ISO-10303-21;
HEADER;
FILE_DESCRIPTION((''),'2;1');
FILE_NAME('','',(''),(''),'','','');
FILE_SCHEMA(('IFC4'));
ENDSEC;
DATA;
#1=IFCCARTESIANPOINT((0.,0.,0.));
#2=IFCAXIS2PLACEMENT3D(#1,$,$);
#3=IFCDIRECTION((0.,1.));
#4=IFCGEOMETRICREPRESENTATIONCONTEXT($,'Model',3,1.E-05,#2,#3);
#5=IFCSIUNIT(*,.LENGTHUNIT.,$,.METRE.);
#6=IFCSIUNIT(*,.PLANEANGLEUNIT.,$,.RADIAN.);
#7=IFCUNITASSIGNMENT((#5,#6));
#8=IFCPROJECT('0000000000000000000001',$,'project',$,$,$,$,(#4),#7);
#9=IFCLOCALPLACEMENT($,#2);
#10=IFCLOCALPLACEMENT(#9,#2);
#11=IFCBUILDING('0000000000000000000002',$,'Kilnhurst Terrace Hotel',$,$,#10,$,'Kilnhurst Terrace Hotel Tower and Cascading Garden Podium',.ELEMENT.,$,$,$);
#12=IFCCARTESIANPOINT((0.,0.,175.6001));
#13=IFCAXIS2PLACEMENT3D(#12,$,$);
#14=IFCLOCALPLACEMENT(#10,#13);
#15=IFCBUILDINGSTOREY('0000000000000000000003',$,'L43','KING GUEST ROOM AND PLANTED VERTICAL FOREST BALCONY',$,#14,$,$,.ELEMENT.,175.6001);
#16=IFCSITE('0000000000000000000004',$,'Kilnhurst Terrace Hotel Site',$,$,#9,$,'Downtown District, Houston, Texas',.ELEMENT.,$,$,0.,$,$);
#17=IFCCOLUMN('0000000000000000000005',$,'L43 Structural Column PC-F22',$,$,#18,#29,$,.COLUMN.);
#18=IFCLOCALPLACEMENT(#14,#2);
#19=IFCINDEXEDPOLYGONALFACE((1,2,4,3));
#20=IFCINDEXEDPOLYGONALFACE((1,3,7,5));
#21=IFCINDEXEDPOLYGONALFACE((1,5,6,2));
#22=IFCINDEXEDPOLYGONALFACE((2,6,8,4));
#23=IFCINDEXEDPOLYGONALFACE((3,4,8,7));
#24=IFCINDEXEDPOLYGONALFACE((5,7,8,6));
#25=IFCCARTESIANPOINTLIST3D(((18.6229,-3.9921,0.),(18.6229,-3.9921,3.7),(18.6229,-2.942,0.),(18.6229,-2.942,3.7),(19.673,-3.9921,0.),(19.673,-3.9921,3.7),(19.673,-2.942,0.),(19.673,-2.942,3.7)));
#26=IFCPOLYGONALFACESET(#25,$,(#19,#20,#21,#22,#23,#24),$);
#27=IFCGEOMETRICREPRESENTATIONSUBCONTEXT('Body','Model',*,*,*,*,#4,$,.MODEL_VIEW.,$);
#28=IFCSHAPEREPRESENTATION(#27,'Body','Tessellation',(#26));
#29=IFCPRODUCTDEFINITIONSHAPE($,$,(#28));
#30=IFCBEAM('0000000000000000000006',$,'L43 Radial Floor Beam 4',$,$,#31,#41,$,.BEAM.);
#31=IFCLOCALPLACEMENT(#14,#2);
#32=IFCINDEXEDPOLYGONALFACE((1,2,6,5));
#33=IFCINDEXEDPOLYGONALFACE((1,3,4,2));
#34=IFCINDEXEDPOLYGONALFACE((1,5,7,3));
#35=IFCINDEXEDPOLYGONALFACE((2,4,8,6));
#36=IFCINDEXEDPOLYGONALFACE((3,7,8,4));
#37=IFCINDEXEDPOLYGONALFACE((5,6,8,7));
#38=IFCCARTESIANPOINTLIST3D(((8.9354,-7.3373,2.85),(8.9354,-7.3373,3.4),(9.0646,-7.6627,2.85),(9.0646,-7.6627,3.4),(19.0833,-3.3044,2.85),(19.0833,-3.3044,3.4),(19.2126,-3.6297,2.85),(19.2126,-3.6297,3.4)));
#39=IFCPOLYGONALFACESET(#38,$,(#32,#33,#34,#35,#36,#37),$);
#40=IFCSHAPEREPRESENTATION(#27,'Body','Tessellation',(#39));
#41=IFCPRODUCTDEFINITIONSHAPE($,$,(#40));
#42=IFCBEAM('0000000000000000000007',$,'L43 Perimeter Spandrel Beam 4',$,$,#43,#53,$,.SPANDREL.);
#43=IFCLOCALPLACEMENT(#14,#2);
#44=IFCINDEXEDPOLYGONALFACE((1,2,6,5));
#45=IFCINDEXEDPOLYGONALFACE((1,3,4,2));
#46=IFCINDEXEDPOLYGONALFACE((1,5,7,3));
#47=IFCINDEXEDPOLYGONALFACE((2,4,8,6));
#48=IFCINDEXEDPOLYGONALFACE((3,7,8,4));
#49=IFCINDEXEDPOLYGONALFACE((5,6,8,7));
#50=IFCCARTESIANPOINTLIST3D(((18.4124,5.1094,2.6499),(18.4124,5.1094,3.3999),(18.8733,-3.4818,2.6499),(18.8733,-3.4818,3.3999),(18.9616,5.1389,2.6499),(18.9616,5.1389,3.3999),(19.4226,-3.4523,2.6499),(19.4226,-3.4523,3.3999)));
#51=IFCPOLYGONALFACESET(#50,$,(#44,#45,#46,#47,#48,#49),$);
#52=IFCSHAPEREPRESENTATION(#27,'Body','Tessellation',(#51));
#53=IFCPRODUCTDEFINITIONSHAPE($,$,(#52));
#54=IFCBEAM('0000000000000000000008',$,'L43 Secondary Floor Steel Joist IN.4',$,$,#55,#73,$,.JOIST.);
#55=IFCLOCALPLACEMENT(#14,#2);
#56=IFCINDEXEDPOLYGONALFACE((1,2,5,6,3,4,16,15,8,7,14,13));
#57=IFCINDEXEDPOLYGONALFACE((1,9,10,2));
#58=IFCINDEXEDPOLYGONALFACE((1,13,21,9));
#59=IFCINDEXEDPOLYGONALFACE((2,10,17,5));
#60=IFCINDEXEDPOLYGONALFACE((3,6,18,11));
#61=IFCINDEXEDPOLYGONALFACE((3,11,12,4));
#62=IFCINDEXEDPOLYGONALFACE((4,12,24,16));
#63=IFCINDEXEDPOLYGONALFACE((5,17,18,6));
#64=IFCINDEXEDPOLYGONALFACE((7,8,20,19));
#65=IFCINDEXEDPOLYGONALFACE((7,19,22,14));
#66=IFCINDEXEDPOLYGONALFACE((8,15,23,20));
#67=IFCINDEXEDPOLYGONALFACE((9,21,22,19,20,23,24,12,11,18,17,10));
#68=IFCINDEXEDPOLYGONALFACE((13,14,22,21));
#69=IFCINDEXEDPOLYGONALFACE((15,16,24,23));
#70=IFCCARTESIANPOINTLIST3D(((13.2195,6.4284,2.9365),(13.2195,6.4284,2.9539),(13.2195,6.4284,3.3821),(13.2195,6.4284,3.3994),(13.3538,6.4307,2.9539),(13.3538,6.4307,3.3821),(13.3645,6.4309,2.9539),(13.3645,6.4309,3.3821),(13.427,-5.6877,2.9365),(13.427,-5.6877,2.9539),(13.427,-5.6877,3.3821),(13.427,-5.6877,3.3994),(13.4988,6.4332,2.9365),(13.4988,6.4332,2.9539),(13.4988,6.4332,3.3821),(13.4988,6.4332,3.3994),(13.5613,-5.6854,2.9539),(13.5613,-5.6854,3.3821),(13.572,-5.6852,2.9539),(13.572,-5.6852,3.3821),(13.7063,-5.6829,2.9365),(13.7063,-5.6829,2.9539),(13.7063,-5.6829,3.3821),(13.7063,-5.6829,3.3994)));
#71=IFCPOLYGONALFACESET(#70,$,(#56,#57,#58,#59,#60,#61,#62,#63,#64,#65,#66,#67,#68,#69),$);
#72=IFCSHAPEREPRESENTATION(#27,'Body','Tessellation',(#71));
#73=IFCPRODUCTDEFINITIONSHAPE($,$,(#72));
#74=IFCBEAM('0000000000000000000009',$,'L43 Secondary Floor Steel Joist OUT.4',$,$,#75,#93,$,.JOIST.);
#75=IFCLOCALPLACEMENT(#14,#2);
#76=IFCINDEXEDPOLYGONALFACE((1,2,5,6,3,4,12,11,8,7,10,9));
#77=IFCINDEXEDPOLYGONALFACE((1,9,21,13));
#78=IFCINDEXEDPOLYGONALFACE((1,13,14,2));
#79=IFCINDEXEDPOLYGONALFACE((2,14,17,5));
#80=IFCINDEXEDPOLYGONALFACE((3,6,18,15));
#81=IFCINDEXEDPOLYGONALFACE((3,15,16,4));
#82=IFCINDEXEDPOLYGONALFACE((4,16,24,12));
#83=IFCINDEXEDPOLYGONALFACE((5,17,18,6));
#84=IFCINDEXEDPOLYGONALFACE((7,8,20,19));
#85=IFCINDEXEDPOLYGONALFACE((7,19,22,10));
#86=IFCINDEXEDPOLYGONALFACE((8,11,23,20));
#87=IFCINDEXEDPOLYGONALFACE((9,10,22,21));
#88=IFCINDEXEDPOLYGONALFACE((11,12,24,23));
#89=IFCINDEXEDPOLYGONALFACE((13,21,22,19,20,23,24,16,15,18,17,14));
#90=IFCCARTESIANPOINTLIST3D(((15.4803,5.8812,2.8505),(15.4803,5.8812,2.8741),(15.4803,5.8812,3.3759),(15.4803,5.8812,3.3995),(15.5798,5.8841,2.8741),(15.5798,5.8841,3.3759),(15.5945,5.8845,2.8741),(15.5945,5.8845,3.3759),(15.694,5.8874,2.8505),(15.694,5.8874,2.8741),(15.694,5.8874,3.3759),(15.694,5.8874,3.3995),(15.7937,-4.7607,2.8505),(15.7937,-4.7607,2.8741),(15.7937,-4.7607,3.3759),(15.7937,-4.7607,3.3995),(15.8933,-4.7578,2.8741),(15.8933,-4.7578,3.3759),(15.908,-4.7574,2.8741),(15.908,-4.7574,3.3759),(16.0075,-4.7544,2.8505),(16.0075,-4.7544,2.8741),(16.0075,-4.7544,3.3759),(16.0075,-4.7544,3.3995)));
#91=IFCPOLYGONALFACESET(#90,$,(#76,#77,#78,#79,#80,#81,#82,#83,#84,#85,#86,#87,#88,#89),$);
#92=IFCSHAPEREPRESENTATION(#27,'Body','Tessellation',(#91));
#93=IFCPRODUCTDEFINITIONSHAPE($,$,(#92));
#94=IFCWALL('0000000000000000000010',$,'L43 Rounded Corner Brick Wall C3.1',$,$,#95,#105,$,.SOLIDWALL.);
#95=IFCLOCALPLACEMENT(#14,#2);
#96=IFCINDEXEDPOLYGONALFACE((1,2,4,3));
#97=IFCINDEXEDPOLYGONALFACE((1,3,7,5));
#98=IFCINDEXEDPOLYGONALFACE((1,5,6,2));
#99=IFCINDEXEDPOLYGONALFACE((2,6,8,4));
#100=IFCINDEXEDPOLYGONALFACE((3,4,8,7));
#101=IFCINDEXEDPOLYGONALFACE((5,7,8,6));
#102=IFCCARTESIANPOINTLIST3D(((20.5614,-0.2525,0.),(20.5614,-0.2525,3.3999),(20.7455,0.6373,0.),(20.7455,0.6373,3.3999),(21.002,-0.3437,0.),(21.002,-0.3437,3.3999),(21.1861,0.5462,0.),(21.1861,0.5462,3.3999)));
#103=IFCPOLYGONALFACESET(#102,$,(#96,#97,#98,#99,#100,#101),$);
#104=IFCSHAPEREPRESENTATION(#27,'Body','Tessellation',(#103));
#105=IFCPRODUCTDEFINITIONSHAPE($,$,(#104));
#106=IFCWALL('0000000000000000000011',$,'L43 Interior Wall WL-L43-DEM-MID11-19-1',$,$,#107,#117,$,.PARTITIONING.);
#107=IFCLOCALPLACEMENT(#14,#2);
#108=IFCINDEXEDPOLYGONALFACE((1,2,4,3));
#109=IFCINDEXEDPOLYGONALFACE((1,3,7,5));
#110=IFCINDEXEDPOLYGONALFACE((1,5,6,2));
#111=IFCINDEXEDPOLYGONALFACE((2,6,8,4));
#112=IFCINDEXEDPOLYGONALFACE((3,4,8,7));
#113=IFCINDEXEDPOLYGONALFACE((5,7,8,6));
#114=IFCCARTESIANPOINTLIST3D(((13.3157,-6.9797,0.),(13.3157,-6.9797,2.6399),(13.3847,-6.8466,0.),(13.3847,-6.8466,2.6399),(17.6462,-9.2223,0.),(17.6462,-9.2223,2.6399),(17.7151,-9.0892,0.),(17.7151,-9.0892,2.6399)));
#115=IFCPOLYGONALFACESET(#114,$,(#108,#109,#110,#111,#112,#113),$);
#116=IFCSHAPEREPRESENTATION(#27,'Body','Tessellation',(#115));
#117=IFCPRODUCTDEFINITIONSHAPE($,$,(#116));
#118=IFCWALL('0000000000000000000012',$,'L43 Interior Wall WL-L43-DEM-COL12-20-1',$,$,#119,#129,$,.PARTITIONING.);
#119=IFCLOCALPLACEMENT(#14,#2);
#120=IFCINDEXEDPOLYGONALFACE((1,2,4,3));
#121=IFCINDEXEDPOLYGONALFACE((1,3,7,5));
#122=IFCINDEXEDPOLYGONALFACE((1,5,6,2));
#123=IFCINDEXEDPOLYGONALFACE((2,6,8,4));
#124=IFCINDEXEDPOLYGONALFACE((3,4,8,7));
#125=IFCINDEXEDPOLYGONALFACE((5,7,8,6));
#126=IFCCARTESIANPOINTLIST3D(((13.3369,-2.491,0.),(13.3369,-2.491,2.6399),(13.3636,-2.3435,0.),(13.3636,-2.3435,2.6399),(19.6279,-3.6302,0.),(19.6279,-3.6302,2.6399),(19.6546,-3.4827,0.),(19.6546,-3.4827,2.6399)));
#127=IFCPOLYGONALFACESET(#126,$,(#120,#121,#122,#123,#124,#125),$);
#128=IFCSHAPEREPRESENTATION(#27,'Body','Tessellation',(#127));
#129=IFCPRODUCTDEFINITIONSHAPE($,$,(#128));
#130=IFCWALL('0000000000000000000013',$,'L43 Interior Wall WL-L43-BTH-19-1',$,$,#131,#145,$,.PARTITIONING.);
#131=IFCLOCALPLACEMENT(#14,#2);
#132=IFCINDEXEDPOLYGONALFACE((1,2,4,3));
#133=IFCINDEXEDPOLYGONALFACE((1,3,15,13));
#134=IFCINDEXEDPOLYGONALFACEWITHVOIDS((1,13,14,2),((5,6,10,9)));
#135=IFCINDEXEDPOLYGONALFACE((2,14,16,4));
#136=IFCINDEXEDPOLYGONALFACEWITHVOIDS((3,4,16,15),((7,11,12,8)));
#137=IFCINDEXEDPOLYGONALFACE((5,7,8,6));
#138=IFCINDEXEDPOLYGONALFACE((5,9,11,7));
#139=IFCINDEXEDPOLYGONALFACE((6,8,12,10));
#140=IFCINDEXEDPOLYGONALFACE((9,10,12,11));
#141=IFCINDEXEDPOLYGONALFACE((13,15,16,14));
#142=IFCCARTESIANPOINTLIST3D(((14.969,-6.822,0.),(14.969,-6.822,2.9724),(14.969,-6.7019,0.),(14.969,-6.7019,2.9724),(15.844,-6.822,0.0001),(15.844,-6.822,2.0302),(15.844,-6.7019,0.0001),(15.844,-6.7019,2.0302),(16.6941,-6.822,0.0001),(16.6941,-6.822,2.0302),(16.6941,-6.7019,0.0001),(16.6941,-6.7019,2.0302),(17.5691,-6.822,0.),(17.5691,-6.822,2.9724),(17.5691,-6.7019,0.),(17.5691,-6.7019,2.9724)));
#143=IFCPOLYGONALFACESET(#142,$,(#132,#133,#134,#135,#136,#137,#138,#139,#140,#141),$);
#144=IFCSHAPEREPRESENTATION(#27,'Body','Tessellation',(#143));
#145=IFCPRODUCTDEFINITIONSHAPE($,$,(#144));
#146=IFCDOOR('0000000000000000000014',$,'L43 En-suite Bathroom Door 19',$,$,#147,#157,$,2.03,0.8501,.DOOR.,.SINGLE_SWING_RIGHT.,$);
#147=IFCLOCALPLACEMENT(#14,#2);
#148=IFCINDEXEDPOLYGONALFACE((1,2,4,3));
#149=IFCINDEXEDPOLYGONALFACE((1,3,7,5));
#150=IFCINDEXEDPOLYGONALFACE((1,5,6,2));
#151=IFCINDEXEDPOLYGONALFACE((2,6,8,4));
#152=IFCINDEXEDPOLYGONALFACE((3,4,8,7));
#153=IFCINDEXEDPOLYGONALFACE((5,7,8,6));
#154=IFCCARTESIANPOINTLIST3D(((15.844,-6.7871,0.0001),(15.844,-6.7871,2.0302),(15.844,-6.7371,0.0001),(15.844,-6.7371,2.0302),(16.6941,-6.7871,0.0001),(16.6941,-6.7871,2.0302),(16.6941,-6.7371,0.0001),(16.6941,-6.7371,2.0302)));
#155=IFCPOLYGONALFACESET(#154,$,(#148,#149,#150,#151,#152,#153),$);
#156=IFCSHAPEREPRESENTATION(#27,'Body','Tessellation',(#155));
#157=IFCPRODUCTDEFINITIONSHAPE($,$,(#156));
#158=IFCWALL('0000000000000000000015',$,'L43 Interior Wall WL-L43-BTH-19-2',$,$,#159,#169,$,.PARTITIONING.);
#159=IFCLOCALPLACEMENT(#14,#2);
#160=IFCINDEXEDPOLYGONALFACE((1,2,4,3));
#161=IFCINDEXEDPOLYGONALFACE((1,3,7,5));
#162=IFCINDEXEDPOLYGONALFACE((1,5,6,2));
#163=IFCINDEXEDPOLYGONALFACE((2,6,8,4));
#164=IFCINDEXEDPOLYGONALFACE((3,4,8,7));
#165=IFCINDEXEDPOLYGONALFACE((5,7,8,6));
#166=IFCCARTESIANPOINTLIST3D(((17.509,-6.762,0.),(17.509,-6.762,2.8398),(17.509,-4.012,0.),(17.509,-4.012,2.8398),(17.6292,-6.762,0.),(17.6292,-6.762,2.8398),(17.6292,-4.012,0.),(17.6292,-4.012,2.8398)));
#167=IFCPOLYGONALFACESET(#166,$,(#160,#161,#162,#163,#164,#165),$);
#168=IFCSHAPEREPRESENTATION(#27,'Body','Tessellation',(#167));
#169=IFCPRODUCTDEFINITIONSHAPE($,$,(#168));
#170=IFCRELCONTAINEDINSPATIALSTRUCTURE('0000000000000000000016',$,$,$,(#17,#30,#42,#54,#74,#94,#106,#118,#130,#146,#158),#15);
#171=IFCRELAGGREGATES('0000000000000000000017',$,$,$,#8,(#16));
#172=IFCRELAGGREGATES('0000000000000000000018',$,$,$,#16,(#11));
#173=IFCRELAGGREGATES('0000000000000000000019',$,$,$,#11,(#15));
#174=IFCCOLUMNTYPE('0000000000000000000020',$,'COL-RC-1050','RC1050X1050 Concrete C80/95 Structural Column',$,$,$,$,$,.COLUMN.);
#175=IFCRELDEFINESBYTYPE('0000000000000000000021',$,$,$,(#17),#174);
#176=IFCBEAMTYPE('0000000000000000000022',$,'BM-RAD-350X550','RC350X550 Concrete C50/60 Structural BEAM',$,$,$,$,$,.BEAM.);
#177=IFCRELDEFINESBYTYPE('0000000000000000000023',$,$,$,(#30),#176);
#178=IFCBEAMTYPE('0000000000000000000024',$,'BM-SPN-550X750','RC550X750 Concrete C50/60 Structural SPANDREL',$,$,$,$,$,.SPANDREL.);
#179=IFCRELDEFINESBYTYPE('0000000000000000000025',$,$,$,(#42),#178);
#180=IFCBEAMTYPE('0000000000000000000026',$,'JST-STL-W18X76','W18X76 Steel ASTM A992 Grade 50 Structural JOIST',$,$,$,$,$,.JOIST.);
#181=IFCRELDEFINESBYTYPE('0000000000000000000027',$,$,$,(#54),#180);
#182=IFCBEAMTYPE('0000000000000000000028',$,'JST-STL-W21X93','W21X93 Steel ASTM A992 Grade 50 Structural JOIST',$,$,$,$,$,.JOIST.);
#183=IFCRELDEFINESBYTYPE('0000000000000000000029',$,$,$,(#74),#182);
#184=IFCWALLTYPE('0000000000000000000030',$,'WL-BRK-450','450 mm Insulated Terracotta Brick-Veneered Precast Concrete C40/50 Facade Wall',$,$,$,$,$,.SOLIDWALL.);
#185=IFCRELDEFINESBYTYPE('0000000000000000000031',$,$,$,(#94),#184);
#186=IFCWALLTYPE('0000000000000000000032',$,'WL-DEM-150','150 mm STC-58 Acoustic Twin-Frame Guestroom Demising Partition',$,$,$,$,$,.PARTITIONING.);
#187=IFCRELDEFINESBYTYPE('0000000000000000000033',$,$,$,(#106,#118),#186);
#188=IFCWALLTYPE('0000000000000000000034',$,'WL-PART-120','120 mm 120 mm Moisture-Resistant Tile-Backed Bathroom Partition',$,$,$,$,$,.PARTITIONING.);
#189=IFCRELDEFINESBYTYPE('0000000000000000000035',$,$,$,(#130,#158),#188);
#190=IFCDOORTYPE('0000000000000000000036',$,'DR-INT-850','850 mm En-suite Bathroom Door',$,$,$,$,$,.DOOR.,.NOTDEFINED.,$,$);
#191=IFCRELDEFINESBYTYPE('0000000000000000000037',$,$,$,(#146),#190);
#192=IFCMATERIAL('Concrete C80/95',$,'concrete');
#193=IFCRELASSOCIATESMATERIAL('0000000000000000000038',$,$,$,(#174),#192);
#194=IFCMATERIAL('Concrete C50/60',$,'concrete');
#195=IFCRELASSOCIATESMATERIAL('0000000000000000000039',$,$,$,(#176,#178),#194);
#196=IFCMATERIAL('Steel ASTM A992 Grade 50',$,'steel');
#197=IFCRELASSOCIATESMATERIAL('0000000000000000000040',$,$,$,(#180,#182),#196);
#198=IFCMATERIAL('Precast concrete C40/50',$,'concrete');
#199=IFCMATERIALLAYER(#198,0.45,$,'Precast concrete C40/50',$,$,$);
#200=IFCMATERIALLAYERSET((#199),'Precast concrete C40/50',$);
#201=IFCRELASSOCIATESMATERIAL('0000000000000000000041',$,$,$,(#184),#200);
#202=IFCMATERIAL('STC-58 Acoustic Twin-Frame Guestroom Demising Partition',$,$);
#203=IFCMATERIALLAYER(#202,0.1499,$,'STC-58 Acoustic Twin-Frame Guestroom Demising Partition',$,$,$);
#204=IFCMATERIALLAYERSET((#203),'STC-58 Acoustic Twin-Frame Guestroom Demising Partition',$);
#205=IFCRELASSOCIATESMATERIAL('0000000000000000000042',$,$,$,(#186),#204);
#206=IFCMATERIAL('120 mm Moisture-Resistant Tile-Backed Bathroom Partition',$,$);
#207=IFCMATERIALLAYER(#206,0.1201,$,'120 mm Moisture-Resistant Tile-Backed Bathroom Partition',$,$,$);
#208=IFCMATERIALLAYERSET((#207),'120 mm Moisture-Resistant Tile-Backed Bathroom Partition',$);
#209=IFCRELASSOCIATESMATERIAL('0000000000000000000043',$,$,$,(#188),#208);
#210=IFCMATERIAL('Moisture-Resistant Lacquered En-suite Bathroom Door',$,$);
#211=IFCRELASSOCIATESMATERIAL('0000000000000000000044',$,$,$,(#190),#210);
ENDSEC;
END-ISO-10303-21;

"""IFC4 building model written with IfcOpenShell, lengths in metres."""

from ifc_helpers import new_model, si_unit, direction, frame, frame_2d, origin, origin_2d, place, context, subcontext, project, spatial, rectangle, i_section, extrude, material, layer, layer_set, material_profile, profile_set, type_object, element, fill, save


model = new_model("IFC4")

# Units and contexts
model_context = context("Model", 3, precision=1e-05, world=origin(), true_north=direction((0.0, 1.0)))
body_context = subcontext(model_context, "Body", "Model", "MODEL_VIEW")
ifc_project = project(units=[si_unit("LENGTHUNIT", "METRE"), si_unit("PLANEANGLEUNIT", "RADIAN")], contexts=[model_context])

# Site, building, storey
site_placement = place(None, origin())
site = spatial("IfcSite", under=ifc_project, at=site_placement, Name="Kilnhurst Terrace Hotel Site", LongName="Downtown District, Houston, Texas", CompositionType="ELEMENT", RefElevation=0.0)
building_placement = place(site_placement, origin())
building = spatial("IfcBuilding", under=site, at=building_placement, Name="Kilnhurst Terrace Hotel", LongName="Kilnhurst Terrace Hotel Tower and Cascading Garden Podium", CompositionType="ELEMENT")
storey_placement = place(building_placement, frame((0.0, 0.0, 175.6001)))
storey = spatial("IfcBuildingStorey", under=building, at=storey_placement, Name="L43", Description="KING GUEST ROOM AND PLANTED VERTICAL FOREST BALCONY", CompositionType="ELEMENT", Elevation=175.6001)

# Column
ifc_material_1 = material(Name="Concrete C80/95", Category="concrete")
ifc_material_profile_1 = material_profile(ifc_material_1, rectangle(XDim=1.05, YDim=1.05, at=origin_2d()), Name="RC1050X1050")
ifc_profile_set_1 = profile_set([ifc_material_profile_1], Name="Concrete C80/95")
column_type = type_object("IfcColumnType", Name="COL-RC-1050", Description="RC1050X1050 Concrete C80/95 Structural Column", PredefinedType="COLUMN", material=ifc_profile_set_1)
column_placement = place(storey_placement, frame((19.1479, -3.467, 0.0), z_axis=(0.0, 0.0, 1.0), x_axis=(1.0, 0.0, 0.0)))
element("IfcColumn", 1, at=column_placement, inside=storey, type_object=column_type, Name="L43 Structural Column PC-F22", PredefinedType="COLUMN", context=body_context, shape_type="SweptSolid", body=[
    extrude(rectangle(XDim=1.05, YDim=1.05, at=origin_2d()), origin(), (0.0, 0.0, 1.0), 3.7),
])

# Beams
ifc_material_2 = material(Name="Concrete C50/60", Category="concrete")
ifc_material_profile_2 = material_profile(ifc_material_2, rectangle(XDim=0.3501, YDim=0.55, at=origin_2d()), Name="RC350X550")
ifc_profile_set_2 = profile_set([ifc_material_profile_2], Name="Concrete C50/60")
beam_type_1 = type_object("IfcBeamType", Name="BM-RAD-350X550", Description="RC350X550 Concrete C50/60 Structural BEAM", PredefinedType="BEAM", material=ifc_profile_set_2)
beam_1_placement = place(storey_placement, frame((9.0, -7.5, 3.125), z_axis=(0.929302, 0.36932, 0.0), x_axis=(-0.36932, 0.929302, 0.0)))
element("IfcBeam", 2, at=beam_1_placement, inside=storey, type_object=beam_type_1, Name="L43 Radial Floor Beam 4", PredefinedType="BEAM", context=body_context, shape_type="SweptSolid", body=[
    extrude(rectangle(XDim=0.3501, YDim=0.55, at=origin_2d()), origin(), (0.0, 0.0, 1.0), 10.9199),
])
ifc_material_profile_3 = material_profile(ifc_material_2, rectangle(XDim=0.55, YDim=0.75, at=origin_2d()), Name="RC550X750")
ifc_profile_set_3 = profile_set([ifc_material_profile_3], Name="Concrete C50/60")
beam_type_2 = type_object("IfcBeamType", Name="BM-SPN-550X750", Description="RC550X750 Concrete C50/60 Structural SPANDREL", PredefinedType="SPANDREL", material=ifc_profile_set_3)
beam_2_placement = place(storey_placement, frame((19.1479, -3.467, 3.0249), z_axis=(-0.053576, 0.998564, 0.0), x_axis=(-0.998564, -0.053576, 0.0)))
element("IfcBeam", 3, at=beam_2_placement, inside=storey, type_object=beam_type_2, Name="L43 Perimeter Spandrel Beam 4", PredefinedType="SPANDREL", context=body_context, shape_type="SweptSolid", body=[
    extrude(rectangle(XDim=0.55, YDim=0.75, at=origin_2d()), origin(), (0.0, 0.0, 1.0), 8.6035),
])
ifc_material_3 = material(Name="Steel ASTM A992 Grade 50", Category="steel")
ifc_material_profile_4 = material_profile(ifc_material_3, i_section(OverallWidth=0.2793, OverallDepth=0.4629, WebThickness=0.0107, FlangeThickness=0.0173, at=origin_2d()), Name="W18X76")
ifc_profile_set_4 = profile_set([ifc_material_profile_4], Name="Steel ASTM A992 Grade 50")
beam_type_3 = type_object("IfcBeamType", Name="JST-STL-W18X76", Description="W18X76 Steel ASTM A992 Grade 50 Structural JOIST", PredefinedType="JOIST", material=ifc_profile_set_4)
beam_3_placement = place(storey_placement, frame((13.5667, -5.6853, 3.168), z_axis=(-0.017125, 0.999853, 0.0), x_axis=(-0.999853, -0.017125, 0.0)))
element("IfcBeam", 4, at=beam_3_placement, inside=storey, type_object=beam_type_3, Name="L43 Secondary Floor Steel Joist IN.4", PredefinedType="JOIST", context=body_context, shape_type="SweptSolid", body=[
    extrude(i_section(OverallWidth=0.2793, OverallDepth=0.4629, WebThickness=0.0107, FlangeThickness=0.0173, at=origin_2d()), origin(), (0.0, 0.0, 1.0), 12.1179),
])
ifc_material_profile_5 = material_profile(ifc_material_3, i_section(OverallWidth=0.2139, OverallDepth=0.5491, WebThickness=0.0146, FlangeThickness=0.0237, at=origin_2d()), Name="W21X93")
ifc_profile_set_5 = profile_set([ifc_material_profile_5], Name="Steel ASTM A992 Grade 50")
beam_type_4 = type_object("IfcBeamType", Name="JST-STL-W21X93", Description="W21X93 Steel ASTM A992 Grade 50 Structural JOIST", PredefinedType="JOIST", material=ifc_profile_set_5)
beam_4_placement = place(storey_placement, frame((15.9006, -4.7576, 3.125), z_axis=(-0.029444, 0.999566, 0.0), x_axis=(-0.999566, -0.029444, 0.0)))
element("IfcBeam", 5, at=beam_4_placement, inside=storey, type_object=beam_type_4, Name="L43 Secondary Floor Steel Joist OUT.4", PredefinedType="JOIST", context=body_context, shape_type="SweptSolid", body=[
    extrude(i_section(OverallWidth=0.2139, OverallDepth=0.5491, WebThickness=0.0146, FlangeThickness=0.0237, at=origin_2d()), origin(), (0.0, 0.0, 1.0), 10.6465),
])

# Wall
ifc_material_4 = material(Name="Precast concrete C40/50", Category="concrete")
ifc_layer_1 = layer(ifc_material_4, 0.45, Name="Precast concrete C40/50")
ifc_layer_set_1 = layer_set([ifc_layer_1], Name="Precast concrete C40/50")
wall_type_1 = type_object("IfcWallType", Name="WL-BRK-450", Description="450 mm Insulated Terracotta Brick-Veneered Precast Concrete C40/50 Facade Wall", PredefinedType="SOLIDWALL", material=ifc_layer_set_1)
wall_1_placement = place(storey_placement, frame((20.7817, -0.2981, 0.0), z_axis=(0.0, 0.0, 1.0), x_axis=(0.20257, 0.979268, 0.0)))
element("IfcWall", 6, at=wall_1_placement, inside=storey, type_object=wall_type_1, Name="L43 Rounded Corner Brick Wall C3.1", PredefinedType="SOLIDWALL", context=body_context, shape_type="SweptSolid", body=[
    extrude(rectangle(XDim=0.9087, YDim=0.45, at=frame_2d((0.4543, 0.0))), origin(), (0.0, 0.0, 1.0), 3.3999),
])

# Walls
ifc_material_5 = material(Name="STC-58 Acoustic Twin-Frame Guestroom Demising Partition")
ifc_layer_2 = layer(ifc_material_5, 0.1499, Name="STC-58 Acoustic Twin-Frame Guestroom Demising Partition")
ifc_layer_set_2 = layer_set([ifc_layer_2], Name="STC-58 Acoustic Twin-Frame Guestroom Demising Partition")
wall_type_2 = type_object("IfcWallType", Name="WL-DEM-150", Description="150 mm STC-58 Acoustic Twin-Frame Guestroom Demising Partition", PredefinedType="PARTITIONING", material=ifc_layer_set_2)
wall_2_placement = place(storey_placement, frame((13.3501, -6.9131, 0.0), z_axis=(0.0, 0.0, 1.0), x_axis=(0.887989, -0.459864, 0.0)))
element("IfcWall", 7, at=wall_2_placement, inside=storey, type_object=wall_type_2, Name="L43 Interior Wall WL-L43-DEM-MID11-19-1", PredefinedType="PARTITIONING", context=body_context, shape_type="SweptSolid", body=[
    extrude(rectangle(XDim=4.8767, YDim=0.1499, at=frame_2d((2.4385, 0.0))), origin(), (0.0, 0.0, 1.0), 2.6399),
])
wall_3_placement = place(storey_placement, frame((13.3501, -2.4172, 0.0), z_axis=(0.0, 0.0, 1.0), x_axis=(0.983998, -0.17818, 0.0)))
element("IfcWall", 8, at=wall_3_placement, inside=storey, type_object=wall_type_2, Name="L43 Interior Wall WL-L43-DEM-COL12-20-1", PredefinedType="PARTITIONING", context=body_context, shape_type="SweptSolid", body=[
    extrude(rectangle(XDim=6.3933, YDim=0.1499, at=frame_2d((3.1968, 0.0))), origin(), (0.0, 0.0, 1.0), 2.6399),
])

# Wall, opening, door
ifc_material_6 = material(Name="120 mm Moisture-Resistant Tile-Backed Bathroom Partition")
ifc_layer_3 = layer(ifc_material_6, 0.1201, Name="120 mm Moisture-Resistant Tile-Backed Bathroom Partition")
ifc_layer_set_3 = layer_set([ifc_layer_3], Name="120 mm Moisture-Resistant Tile-Backed Bathroom Partition")
wall_type_3 = type_object("IfcWallType", Name="WL-PART-120", Description="120 mm 120 mm Moisture-Resistant Tile-Backed Bathroom Partition", PredefinedType="PARTITIONING", material=ifc_layer_set_3)
wall_4_placement = place(storey_placement, frame((14.969, -6.762, 0.0), z_axis=(0.0, 0.0, 1.0), x_axis=(1.0, 0.0, 0.0)))
wall_4 = element("IfcWall", 9, at=wall_4_placement, inside=storey, type_object=wall_type_3, Name="L43 Interior Wall WL-L43-BTH-19-1", PredefinedType="PARTITIONING", context=body_context, shape_type="SweptSolid", body=[
    extrude(rectangle(XDim=2.6001, YDim=0.1201, at=frame_2d((1.3, 0.0))), origin(), (0.0, 0.0, 1.0), 2.9724),
])
opening_1_placement = place(wall_4_placement, frame((0.875, 0.0, 0.0)))
opening_1 = element("IfcOpeningElement", 10, at=opening_1_placement, cuts=wall_4, PredefinedType="OPENING", context=body_context, shape_type="SweptSolid", body=[
    extrude(rectangle(XDim=0.8501, YDim=2.03, at=frame_2d((0.425, 1.0151))), frame((0.0, 0.0701, 0.0), z_axis=(0.0, -1.0, 0.0), x_axis=(1.0, 0.0, 0.0)), (0.0, 0.0, 1.0), 0.1401),
])
ifc_material_7 = material(Name="Moisture-Resistant Lacquered En-suite Bathroom Door")
door_type_1 = type_object("IfcDoorType", Name="DR-INT-850", Description="850 mm En-suite Bathroom Door", OperationType="NOTDEFINED", PredefinedType="DOOR", material=ifc_material_7)
door_1_placement = place(opening_1_placement, origin())
door_1 = element("IfcDoor", 11, at=door_1_placement, inside=storey, type_object=door_type_1, Name="L43 En-suite Bathroom Door 19", OperationType="SINGLE_SWING_RIGHT", OverallHeight=2.03, OverallWidth=0.8501, PredefinedType="DOOR", context=body_context, shape_type="SweptSolid", body=[
    extrude(rectangle(XDim=0.8501, YDim=2.03, at=frame_2d((0.425, 1.0151))), frame((0.0, 0.0249, 0.0), z_axis=(0.0, -1.0, 0.0), x_axis=(1.0, 0.0, 0.0)), (0.0, 0.0, 1.0), 0.05),
])
fill(opening_1, door_1)

# Wall
wall_5_placement = place(storey_placement, frame((17.5691, -6.762, 0.0), z_axis=(0.0, 0.0, 1.0), x_axis=(0.0, 1.0, 0.0)))
element("IfcWall", 12, at=wall_5_placement, inside=storey, type_object=wall_type_3, Name="L43 Interior Wall WL-L43-BTH-19-2", PredefinedType="PARTITIONING", context=body_context, shape_type="SweptSolid", body=[
    extrude(rectangle(XDim=2.75, YDim=0.1201, at=frame_2d((1.375, 0.0))), origin(), (0.0, 0.0, 1.0), 2.8398),
])

save(model, "model.ifc")
